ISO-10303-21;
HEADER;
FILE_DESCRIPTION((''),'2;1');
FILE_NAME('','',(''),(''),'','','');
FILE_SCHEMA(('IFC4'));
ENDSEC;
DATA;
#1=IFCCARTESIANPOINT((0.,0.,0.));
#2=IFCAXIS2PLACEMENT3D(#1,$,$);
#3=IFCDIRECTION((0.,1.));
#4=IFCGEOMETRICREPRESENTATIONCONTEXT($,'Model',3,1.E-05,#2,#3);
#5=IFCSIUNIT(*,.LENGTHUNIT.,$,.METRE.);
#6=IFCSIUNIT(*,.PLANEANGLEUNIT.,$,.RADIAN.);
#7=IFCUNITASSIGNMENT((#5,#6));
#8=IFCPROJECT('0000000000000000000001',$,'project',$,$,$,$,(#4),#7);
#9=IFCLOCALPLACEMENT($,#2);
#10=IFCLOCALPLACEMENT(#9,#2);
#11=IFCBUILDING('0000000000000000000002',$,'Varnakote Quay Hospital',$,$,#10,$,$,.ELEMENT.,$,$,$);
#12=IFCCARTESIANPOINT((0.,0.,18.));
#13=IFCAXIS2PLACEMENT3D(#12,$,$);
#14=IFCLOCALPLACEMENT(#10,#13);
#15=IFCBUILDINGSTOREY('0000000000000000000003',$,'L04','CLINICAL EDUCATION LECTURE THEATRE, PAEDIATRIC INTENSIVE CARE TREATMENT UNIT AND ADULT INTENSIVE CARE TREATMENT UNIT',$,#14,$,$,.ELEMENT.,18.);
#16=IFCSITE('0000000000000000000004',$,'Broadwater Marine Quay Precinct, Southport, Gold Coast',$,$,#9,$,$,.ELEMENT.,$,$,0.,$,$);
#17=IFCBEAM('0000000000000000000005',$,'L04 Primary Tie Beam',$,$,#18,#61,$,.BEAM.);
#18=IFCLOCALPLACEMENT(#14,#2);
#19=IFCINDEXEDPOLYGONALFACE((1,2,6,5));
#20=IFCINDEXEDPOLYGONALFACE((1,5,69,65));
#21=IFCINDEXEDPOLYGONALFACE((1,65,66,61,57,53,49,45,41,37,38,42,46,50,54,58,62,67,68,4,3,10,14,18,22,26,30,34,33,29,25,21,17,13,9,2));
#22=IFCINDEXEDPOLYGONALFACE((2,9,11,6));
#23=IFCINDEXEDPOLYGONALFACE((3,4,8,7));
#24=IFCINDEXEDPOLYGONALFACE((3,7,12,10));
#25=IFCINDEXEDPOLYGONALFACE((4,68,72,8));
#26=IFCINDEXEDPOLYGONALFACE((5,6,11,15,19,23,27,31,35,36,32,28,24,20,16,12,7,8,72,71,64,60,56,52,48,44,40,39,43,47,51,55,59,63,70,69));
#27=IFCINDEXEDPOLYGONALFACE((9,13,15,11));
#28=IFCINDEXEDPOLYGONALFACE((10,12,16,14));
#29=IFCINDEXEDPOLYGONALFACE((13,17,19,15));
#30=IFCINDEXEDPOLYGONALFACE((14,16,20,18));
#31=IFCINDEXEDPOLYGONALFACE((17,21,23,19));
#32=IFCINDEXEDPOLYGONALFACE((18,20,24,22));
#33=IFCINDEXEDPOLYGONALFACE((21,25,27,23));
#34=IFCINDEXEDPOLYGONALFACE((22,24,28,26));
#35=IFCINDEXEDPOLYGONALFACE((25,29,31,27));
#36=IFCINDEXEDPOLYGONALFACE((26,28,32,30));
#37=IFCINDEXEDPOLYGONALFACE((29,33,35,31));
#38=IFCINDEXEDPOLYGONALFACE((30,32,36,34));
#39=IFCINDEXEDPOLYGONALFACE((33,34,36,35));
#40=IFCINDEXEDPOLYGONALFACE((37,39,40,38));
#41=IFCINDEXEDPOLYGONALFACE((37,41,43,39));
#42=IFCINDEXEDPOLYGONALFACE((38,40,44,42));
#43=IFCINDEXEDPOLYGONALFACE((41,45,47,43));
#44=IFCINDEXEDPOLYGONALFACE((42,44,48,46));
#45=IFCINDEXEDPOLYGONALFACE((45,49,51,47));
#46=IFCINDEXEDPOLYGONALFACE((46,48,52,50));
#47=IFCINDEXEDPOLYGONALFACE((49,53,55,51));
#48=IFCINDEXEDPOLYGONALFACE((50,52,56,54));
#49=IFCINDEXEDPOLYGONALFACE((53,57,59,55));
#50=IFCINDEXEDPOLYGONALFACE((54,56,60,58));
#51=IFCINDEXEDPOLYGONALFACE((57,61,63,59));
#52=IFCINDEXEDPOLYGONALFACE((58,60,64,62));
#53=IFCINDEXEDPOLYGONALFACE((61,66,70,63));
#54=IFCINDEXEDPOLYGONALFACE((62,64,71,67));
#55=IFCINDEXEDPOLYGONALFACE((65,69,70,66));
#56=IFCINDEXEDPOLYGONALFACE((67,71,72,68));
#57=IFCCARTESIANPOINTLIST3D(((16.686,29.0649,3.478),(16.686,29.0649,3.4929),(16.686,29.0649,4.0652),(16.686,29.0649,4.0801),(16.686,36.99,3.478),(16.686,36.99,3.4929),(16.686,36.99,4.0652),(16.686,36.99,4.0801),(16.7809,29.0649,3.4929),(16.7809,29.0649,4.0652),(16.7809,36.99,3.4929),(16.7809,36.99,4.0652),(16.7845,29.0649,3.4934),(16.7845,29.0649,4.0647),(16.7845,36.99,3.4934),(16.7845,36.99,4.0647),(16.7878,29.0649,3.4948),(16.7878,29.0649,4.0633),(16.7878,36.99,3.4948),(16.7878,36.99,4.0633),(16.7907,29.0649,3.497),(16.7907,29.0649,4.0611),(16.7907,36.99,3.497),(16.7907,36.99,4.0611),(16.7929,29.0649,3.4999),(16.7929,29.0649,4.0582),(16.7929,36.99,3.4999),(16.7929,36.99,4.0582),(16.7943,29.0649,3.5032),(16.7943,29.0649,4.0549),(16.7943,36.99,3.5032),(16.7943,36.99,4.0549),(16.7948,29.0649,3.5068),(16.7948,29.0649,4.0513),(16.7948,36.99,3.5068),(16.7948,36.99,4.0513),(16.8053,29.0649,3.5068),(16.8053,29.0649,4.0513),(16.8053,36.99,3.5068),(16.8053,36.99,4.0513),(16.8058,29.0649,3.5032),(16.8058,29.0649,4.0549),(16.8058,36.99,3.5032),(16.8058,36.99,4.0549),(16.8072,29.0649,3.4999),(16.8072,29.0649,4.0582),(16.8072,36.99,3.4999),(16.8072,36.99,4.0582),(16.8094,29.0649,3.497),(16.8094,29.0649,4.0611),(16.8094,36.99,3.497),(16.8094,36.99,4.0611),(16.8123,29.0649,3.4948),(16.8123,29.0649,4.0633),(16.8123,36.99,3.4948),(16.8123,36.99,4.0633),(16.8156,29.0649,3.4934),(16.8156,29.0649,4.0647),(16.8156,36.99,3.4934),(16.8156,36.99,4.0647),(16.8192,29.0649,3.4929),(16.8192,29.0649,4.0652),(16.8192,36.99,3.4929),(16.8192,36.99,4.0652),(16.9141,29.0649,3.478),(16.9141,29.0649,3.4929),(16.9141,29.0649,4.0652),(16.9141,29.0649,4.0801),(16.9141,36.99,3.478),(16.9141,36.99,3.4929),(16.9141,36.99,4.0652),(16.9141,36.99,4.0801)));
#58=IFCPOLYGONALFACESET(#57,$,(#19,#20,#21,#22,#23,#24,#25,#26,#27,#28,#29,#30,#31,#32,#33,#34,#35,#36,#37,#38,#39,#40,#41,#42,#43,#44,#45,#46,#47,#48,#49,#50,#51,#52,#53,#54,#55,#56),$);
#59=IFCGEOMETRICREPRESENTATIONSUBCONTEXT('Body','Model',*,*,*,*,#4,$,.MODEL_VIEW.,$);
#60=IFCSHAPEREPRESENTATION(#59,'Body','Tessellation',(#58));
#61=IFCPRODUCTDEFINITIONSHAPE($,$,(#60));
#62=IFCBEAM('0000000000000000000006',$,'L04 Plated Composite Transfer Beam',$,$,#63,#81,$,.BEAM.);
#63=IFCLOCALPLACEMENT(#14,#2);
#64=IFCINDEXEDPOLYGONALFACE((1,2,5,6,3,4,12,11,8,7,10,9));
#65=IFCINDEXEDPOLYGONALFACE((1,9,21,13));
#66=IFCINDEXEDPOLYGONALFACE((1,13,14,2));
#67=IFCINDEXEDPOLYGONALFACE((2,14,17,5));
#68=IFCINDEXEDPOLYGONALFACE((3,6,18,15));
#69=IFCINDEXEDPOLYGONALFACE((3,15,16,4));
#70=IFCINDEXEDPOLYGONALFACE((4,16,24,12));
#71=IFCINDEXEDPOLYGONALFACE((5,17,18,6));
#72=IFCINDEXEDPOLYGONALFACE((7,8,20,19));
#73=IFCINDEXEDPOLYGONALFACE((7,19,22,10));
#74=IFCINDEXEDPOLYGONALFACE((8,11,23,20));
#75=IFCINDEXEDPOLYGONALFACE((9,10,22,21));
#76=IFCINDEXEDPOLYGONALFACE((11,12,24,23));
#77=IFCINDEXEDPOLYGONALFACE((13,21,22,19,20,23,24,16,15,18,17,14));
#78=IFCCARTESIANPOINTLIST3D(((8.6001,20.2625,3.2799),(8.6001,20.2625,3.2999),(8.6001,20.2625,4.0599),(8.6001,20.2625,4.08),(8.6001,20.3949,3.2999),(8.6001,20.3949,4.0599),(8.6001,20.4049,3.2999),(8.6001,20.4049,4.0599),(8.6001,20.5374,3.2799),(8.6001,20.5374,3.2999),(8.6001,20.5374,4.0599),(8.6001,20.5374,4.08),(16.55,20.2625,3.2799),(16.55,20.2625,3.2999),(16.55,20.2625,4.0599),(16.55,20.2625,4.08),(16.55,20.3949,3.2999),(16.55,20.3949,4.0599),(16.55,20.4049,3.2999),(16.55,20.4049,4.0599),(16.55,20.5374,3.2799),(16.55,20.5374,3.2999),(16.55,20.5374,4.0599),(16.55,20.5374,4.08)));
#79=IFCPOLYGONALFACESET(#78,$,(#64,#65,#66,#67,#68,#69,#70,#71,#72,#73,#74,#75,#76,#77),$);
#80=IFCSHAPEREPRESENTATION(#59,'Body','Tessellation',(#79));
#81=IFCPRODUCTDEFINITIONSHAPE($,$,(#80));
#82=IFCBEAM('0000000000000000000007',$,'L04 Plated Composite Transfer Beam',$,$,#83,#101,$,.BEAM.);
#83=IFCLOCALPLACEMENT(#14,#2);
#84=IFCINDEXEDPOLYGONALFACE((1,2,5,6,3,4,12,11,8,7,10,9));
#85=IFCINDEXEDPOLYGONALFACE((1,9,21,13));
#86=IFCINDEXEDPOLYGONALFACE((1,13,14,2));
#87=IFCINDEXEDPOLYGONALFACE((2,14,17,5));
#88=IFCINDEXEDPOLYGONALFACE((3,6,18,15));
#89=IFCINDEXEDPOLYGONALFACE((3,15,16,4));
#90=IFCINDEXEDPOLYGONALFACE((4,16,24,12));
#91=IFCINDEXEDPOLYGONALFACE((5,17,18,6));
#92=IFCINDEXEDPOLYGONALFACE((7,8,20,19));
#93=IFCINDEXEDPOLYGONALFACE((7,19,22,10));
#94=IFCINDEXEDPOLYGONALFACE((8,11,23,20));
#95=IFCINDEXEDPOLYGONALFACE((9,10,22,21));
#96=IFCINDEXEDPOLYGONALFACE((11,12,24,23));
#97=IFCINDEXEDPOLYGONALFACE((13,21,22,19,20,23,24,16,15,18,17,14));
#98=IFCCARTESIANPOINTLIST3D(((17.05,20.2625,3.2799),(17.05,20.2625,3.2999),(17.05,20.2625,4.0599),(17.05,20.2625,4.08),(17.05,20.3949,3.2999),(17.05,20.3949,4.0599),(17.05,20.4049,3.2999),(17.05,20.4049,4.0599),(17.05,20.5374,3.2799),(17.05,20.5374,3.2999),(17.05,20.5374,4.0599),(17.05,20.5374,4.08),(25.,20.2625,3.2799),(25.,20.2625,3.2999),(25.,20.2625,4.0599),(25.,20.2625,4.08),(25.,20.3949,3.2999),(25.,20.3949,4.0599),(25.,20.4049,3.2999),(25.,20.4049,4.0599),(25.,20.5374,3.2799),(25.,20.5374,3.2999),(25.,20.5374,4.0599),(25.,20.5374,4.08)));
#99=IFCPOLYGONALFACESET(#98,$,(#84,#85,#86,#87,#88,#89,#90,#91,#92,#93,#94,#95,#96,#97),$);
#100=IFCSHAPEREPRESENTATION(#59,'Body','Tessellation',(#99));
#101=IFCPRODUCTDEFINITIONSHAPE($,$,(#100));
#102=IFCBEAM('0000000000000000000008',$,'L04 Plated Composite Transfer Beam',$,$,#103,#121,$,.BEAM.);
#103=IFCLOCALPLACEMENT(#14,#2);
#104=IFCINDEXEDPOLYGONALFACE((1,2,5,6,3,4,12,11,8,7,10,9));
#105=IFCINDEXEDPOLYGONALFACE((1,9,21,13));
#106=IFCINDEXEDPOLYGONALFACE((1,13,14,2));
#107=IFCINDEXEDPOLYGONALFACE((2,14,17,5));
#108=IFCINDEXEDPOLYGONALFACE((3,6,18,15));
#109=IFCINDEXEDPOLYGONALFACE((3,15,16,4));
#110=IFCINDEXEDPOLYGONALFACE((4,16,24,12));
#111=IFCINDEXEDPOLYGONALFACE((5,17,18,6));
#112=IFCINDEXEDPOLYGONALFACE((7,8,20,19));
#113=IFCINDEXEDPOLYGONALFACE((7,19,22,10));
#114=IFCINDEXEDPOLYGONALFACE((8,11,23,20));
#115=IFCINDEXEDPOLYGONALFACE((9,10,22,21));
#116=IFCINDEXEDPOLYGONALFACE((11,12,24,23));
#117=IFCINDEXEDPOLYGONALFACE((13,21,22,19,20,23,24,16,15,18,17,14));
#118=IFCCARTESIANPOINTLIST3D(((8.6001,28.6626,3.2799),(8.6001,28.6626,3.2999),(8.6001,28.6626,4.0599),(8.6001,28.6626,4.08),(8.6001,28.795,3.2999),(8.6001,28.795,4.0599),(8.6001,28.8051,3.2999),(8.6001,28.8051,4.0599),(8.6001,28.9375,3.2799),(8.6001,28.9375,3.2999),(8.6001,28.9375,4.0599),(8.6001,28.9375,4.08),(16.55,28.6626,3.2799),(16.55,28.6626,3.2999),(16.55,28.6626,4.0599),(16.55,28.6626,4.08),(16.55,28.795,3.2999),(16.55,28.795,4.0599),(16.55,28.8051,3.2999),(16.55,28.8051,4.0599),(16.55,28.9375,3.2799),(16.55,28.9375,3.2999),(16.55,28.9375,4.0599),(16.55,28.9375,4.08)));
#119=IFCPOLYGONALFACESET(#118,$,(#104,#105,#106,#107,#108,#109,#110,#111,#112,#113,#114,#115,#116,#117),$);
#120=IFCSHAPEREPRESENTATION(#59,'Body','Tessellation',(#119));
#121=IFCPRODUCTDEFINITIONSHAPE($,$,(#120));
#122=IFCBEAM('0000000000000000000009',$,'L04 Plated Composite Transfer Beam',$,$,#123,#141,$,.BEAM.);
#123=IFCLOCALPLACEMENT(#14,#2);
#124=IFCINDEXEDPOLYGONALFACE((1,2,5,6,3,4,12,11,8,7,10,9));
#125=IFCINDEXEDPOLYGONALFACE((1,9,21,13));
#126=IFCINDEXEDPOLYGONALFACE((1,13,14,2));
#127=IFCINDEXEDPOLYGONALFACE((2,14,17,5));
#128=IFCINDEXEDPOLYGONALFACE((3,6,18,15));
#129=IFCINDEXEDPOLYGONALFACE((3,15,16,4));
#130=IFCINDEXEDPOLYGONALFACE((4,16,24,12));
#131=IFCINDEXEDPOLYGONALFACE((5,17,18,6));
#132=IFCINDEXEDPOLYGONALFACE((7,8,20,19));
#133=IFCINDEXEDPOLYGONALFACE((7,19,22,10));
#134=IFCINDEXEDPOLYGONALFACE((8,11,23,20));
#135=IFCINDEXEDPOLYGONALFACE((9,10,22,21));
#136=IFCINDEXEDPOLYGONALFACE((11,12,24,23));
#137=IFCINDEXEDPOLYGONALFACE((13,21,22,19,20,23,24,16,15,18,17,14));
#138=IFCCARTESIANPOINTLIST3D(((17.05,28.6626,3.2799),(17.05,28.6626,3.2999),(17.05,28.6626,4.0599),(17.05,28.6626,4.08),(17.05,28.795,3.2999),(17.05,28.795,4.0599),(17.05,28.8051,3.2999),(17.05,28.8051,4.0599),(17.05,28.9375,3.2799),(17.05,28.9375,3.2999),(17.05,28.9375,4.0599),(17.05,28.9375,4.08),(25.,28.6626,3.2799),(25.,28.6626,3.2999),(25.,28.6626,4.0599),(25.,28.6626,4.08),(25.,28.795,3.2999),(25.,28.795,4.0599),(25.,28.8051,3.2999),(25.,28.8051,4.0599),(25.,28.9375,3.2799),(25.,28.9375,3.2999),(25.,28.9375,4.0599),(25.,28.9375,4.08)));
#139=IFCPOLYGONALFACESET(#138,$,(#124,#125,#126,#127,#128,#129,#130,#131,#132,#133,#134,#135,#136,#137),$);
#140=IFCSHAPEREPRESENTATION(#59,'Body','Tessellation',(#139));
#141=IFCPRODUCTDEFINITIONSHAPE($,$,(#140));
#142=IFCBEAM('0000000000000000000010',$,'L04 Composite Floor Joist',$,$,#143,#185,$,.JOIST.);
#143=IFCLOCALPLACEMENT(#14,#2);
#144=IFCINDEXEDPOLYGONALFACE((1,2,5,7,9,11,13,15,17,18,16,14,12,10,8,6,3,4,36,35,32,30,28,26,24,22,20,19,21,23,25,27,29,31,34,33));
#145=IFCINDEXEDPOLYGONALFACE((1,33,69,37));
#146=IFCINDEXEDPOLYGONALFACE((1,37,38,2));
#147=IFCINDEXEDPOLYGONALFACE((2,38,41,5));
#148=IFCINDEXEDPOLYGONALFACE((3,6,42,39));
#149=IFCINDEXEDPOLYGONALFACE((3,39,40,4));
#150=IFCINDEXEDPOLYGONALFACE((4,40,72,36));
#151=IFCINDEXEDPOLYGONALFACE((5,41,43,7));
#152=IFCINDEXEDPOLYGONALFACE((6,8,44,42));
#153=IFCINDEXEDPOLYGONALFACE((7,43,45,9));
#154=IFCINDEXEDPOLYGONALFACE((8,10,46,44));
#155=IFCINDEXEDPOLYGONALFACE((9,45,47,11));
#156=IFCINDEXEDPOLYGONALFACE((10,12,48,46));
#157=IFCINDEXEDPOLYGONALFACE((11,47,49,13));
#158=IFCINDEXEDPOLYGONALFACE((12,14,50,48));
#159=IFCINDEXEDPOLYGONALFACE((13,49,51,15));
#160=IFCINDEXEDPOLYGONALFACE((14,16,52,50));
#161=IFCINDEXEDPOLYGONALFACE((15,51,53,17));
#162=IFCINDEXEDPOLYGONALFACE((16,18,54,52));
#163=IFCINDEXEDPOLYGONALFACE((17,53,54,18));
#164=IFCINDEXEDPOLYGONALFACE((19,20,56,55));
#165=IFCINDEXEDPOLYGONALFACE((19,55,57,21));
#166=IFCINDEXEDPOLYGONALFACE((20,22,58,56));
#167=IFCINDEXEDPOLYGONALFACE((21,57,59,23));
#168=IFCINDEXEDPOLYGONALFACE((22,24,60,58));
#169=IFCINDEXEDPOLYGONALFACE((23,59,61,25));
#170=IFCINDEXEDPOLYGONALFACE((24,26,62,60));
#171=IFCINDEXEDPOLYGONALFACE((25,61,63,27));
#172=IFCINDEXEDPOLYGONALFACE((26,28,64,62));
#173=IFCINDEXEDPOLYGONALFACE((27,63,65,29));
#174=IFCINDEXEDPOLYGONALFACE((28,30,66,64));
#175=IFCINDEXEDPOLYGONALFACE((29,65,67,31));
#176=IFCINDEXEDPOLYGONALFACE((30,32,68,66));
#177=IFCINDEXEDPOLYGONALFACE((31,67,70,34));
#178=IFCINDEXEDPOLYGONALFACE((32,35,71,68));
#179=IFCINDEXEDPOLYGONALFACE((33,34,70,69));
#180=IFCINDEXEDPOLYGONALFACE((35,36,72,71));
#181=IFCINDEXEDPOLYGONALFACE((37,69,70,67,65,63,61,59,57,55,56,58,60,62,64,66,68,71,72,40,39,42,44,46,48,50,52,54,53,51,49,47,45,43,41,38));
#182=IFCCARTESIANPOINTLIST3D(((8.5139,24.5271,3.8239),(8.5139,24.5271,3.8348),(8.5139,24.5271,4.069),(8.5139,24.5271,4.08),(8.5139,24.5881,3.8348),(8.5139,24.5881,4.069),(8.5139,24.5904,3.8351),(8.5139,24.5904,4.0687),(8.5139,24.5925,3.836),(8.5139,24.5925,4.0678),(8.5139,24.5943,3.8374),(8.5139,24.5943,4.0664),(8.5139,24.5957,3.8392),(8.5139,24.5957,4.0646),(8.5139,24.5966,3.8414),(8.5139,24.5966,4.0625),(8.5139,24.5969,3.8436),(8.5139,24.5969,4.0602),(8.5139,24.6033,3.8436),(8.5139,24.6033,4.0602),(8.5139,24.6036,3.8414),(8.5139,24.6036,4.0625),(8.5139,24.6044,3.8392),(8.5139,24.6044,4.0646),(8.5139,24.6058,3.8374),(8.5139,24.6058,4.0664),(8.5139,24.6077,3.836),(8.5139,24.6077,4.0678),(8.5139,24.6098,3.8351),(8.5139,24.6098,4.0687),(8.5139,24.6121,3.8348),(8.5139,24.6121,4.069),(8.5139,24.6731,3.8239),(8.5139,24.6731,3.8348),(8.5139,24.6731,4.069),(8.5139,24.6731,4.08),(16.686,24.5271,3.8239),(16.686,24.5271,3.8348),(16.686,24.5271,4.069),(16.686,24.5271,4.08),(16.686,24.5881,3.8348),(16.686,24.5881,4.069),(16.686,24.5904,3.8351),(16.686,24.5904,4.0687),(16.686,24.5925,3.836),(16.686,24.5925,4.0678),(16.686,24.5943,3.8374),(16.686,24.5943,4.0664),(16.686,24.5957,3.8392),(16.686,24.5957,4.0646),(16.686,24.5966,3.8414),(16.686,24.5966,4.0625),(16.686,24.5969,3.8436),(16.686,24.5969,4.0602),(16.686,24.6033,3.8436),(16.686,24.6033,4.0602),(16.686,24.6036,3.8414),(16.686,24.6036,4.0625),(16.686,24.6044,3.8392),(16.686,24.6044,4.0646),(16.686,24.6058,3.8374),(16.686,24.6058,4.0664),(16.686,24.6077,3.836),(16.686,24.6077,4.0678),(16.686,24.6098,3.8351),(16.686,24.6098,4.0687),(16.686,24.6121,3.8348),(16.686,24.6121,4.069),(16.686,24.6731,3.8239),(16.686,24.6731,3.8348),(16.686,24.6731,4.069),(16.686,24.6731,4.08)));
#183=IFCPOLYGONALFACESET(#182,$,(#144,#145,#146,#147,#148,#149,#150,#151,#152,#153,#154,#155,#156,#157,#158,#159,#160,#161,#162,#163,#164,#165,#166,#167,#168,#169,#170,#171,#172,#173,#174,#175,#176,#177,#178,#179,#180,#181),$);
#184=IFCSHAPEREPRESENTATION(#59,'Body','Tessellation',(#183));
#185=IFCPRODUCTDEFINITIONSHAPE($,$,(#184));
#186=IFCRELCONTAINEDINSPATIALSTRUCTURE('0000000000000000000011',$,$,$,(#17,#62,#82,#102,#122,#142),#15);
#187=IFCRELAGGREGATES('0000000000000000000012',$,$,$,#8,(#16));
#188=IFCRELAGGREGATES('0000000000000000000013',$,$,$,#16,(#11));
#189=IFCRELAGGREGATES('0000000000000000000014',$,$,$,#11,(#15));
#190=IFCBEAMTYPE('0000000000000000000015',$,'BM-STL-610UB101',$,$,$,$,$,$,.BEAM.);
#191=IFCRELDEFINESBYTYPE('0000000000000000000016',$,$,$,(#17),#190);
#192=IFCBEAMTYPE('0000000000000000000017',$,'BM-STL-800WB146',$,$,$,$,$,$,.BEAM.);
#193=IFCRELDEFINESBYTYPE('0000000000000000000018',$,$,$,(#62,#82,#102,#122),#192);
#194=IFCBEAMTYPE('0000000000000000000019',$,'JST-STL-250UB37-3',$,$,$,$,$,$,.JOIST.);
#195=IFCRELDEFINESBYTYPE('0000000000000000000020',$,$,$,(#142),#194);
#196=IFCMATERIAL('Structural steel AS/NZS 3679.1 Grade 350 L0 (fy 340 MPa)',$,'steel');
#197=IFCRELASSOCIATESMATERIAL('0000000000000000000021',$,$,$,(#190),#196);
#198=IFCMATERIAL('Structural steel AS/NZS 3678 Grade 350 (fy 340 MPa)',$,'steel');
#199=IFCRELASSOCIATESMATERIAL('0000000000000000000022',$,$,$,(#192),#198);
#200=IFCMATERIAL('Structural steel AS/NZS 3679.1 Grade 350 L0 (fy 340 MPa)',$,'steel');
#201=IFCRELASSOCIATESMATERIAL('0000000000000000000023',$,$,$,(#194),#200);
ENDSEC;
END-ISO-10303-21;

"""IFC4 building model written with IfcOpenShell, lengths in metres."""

from ifc_helpers import new_model, si_unit, direction, frame, origin, origin_2d, place, context, subcontext, project, spatial, i_section, extrude, material, material_profile, profile_set, type_object, element, save


model = new_model("IFC4")

# Units and contexts
model_context = context("Model", 3, precision=1e-05, world=origin(), true_north=direction((0.0, 1.0)))
body_context = subcontext(model_context, "Body", "Model", "MODEL_VIEW")
ifc_project = project(units=[si_unit("LENGTHUNIT", "METRE"), si_unit("PLANEANGLEUNIT", "RADIAN")], contexts=[model_context])

# Site, building, storey
site_placement = place(None, origin())
site = spatial("IfcSite", under=ifc_project, at=site_placement, Name="Broadwater Marine Quay Precinct, Southport, Gold Coast", CompositionType="ELEMENT", RefElevation=0.0)
building_placement = place(site_placement, origin())
building = spatial("IfcBuilding", under=site, at=building_placement, Name="Varnakote Quay Hospital", CompositionType="ELEMENT")
storey_placement = place(building_placement, frame((0.0, 0.0, 18.0)))
storey = spatial("IfcBuildingStorey", under=building, at=storey_placement, Name="L04", Description="CLINICAL EDUCATION LECTURE THEATRE, PAEDIATRIC INTENSIVE CARE TREATMENT UNIT AND ADULT INTENSIVE CARE TREATMENT UNIT", CompositionType="ELEMENT", Elevation=18.0)

# Beams
ifc_material_1 = material(Name="Structural steel AS/NZS 3679.1 Grade 350 L0 (fy 340 MPa)", Category="steel")
ifc_material_profile_1 = material_profile(ifc_material_1, i_section(OverallWidth=0.228, OverallDepth=0.6021, WebThickness=0.0105, FlangeThickness=0.0149, FilletRadius=0.0139, at=origin_2d()), Name="610UB101")
ifc_profile_set_1 = profile_set([ifc_material_profile_1], Name="Structural steel AS/NZS 3679.1 Grade 350 L0 (fy 340 MPa)")
beam_type_1 = type_object("IfcBeamType", Name="BM-STL-610UB101", PredefinedType="BEAM", material=ifc_profile_set_1)
beam_1_placement = place(storey_placement, frame((16.8, 29.0649, 3.7791), z_axis=(0.0, 1.0, 0.0), x_axis=(-1.0, 0.0, 0.0)))
element("IfcBeam", 1, at=beam_1_placement, inside=storey, type_object=beam_type_1, Name="L04 Primary Tie Beam", PredefinedType="BEAM", context=body_context, shape_type="SweptSolid", body=[
    extrude(i_section(OverallWidth=0.228, OverallDepth=0.6021, WebThickness=0.0105, FlangeThickness=0.0149, FilletRadius=0.0139, at=origin_2d()), origin(), (0.0, 0.0, 1.0), 7.925),
])
ifc_material_2 = material(Name="Structural steel AS/NZS 3678 Grade 350 (fy 340 MPa)", Category="steel")
ifc_material_profile_2 = material_profile(ifc_material_2, i_section(OverallWidth=0.2749, OverallDepth=0.8, WebThickness=0.01, FlangeThickness=0.02, at=origin_2d()), Name="800WB146")
ifc_profile_set_2 = profile_set([ifc_material_profile_2], Name="Structural steel AS/NZS 3678 Grade 350 (fy 340 MPa)")
beam_type_2 = type_object("IfcBeamType", Name="BM-STL-800WB146", PredefinedType="BEAM", material=ifc_profile_set_2)
for number, where, z_axis, x_axis, name in (
    (2, (8.6001, 20.3999, 3.6799), (1.0, 0.0, 0.0), (0.0, 1.0, 0.0), "L04 Plated Composite Transfer Beam"),
    (3, (17.05, 20.3999, 3.6799), (1.0, 0.0, 0.0), (0.0, 1.0, 0.0), "L04 Plated Composite Transfer Beam"),
    (4, (8.6001, 28.8, 3.6799), (1.0, 0.0, 0.0), (0.0, 1.0, 0.0), "L04 Plated Composite Transfer Beam"),
    (5, (17.05, 28.8, 3.6799), (1.0, 0.0, 0.0), (0.0, 1.0, 0.0), "L04 Plated Composite Transfer Beam"),
):
    element("IfcBeam", number, at=place(storey_placement, frame(where, z_axis=z_axis, x_axis=x_axis)), inside=storey, type_object=beam_type_2, Name=name, PredefinedType="BEAM", context=body_context, shape_type="SweptSolid", body=[
        extrude(i_section(OverallWidth=0.2749, OverallDepth=0.8, WebThickness=0.01, FlangeThickness=0.02, at=origin_2d()), origin(), (0.0, 0.0, 1.0), 7.95),
    ])
ifc_material_3 = material(Name="Structural steel AS/NZS 3679.1 Grade 350 L0 (fy 340 MPa)", Category="steel")
ifc_material_profile_3 = material_profile(ifc_material_3, i_section(OverallWidth=0.146, OverallDepth=0.2561, WebThickness=0.0063, FlangeThickness=0.011, FilletRadius=0.0088, at=origin_2d()), Name="250UB37.3")
ifc_profile_set_3 = profile_set([ifc_material_profile_3], Name="Structural steel AS/NZS 3679.1 Grade 350 L0 (fy 340 MPa)")
beam_type_3 = type_object("IfcBeamType", Name="JST-STL-250UB37-3", PredefinedType="JOIST", material=ifc_profile_set_3)
beam_2_placement = place(storey_placement, frame((8.5139, 24.6001, 3.9519), z_axis=(1.0, 0.0, 0.0), x_axis=(0.0, 1.0, 0.0)))
element("IfcBeam", 6, at=beam_2_placement, inside=storey, type_object=beam_type_3, Name="L04 Composite Floor Joist", PredefinedType="JOIST", context=body_context, shape_type="SweptSolid", body=[
    extrude(i_section(OverallWidth=0.146, OverallDepth=0.2561, WebThickness=0.0063, FlangeThickness=0.011, FilletRadius=0.0088, at=origin_2d()), origin(), (0.0, 0.0, 1.0), 8.1721),
])

save(model, "model.ifc")
